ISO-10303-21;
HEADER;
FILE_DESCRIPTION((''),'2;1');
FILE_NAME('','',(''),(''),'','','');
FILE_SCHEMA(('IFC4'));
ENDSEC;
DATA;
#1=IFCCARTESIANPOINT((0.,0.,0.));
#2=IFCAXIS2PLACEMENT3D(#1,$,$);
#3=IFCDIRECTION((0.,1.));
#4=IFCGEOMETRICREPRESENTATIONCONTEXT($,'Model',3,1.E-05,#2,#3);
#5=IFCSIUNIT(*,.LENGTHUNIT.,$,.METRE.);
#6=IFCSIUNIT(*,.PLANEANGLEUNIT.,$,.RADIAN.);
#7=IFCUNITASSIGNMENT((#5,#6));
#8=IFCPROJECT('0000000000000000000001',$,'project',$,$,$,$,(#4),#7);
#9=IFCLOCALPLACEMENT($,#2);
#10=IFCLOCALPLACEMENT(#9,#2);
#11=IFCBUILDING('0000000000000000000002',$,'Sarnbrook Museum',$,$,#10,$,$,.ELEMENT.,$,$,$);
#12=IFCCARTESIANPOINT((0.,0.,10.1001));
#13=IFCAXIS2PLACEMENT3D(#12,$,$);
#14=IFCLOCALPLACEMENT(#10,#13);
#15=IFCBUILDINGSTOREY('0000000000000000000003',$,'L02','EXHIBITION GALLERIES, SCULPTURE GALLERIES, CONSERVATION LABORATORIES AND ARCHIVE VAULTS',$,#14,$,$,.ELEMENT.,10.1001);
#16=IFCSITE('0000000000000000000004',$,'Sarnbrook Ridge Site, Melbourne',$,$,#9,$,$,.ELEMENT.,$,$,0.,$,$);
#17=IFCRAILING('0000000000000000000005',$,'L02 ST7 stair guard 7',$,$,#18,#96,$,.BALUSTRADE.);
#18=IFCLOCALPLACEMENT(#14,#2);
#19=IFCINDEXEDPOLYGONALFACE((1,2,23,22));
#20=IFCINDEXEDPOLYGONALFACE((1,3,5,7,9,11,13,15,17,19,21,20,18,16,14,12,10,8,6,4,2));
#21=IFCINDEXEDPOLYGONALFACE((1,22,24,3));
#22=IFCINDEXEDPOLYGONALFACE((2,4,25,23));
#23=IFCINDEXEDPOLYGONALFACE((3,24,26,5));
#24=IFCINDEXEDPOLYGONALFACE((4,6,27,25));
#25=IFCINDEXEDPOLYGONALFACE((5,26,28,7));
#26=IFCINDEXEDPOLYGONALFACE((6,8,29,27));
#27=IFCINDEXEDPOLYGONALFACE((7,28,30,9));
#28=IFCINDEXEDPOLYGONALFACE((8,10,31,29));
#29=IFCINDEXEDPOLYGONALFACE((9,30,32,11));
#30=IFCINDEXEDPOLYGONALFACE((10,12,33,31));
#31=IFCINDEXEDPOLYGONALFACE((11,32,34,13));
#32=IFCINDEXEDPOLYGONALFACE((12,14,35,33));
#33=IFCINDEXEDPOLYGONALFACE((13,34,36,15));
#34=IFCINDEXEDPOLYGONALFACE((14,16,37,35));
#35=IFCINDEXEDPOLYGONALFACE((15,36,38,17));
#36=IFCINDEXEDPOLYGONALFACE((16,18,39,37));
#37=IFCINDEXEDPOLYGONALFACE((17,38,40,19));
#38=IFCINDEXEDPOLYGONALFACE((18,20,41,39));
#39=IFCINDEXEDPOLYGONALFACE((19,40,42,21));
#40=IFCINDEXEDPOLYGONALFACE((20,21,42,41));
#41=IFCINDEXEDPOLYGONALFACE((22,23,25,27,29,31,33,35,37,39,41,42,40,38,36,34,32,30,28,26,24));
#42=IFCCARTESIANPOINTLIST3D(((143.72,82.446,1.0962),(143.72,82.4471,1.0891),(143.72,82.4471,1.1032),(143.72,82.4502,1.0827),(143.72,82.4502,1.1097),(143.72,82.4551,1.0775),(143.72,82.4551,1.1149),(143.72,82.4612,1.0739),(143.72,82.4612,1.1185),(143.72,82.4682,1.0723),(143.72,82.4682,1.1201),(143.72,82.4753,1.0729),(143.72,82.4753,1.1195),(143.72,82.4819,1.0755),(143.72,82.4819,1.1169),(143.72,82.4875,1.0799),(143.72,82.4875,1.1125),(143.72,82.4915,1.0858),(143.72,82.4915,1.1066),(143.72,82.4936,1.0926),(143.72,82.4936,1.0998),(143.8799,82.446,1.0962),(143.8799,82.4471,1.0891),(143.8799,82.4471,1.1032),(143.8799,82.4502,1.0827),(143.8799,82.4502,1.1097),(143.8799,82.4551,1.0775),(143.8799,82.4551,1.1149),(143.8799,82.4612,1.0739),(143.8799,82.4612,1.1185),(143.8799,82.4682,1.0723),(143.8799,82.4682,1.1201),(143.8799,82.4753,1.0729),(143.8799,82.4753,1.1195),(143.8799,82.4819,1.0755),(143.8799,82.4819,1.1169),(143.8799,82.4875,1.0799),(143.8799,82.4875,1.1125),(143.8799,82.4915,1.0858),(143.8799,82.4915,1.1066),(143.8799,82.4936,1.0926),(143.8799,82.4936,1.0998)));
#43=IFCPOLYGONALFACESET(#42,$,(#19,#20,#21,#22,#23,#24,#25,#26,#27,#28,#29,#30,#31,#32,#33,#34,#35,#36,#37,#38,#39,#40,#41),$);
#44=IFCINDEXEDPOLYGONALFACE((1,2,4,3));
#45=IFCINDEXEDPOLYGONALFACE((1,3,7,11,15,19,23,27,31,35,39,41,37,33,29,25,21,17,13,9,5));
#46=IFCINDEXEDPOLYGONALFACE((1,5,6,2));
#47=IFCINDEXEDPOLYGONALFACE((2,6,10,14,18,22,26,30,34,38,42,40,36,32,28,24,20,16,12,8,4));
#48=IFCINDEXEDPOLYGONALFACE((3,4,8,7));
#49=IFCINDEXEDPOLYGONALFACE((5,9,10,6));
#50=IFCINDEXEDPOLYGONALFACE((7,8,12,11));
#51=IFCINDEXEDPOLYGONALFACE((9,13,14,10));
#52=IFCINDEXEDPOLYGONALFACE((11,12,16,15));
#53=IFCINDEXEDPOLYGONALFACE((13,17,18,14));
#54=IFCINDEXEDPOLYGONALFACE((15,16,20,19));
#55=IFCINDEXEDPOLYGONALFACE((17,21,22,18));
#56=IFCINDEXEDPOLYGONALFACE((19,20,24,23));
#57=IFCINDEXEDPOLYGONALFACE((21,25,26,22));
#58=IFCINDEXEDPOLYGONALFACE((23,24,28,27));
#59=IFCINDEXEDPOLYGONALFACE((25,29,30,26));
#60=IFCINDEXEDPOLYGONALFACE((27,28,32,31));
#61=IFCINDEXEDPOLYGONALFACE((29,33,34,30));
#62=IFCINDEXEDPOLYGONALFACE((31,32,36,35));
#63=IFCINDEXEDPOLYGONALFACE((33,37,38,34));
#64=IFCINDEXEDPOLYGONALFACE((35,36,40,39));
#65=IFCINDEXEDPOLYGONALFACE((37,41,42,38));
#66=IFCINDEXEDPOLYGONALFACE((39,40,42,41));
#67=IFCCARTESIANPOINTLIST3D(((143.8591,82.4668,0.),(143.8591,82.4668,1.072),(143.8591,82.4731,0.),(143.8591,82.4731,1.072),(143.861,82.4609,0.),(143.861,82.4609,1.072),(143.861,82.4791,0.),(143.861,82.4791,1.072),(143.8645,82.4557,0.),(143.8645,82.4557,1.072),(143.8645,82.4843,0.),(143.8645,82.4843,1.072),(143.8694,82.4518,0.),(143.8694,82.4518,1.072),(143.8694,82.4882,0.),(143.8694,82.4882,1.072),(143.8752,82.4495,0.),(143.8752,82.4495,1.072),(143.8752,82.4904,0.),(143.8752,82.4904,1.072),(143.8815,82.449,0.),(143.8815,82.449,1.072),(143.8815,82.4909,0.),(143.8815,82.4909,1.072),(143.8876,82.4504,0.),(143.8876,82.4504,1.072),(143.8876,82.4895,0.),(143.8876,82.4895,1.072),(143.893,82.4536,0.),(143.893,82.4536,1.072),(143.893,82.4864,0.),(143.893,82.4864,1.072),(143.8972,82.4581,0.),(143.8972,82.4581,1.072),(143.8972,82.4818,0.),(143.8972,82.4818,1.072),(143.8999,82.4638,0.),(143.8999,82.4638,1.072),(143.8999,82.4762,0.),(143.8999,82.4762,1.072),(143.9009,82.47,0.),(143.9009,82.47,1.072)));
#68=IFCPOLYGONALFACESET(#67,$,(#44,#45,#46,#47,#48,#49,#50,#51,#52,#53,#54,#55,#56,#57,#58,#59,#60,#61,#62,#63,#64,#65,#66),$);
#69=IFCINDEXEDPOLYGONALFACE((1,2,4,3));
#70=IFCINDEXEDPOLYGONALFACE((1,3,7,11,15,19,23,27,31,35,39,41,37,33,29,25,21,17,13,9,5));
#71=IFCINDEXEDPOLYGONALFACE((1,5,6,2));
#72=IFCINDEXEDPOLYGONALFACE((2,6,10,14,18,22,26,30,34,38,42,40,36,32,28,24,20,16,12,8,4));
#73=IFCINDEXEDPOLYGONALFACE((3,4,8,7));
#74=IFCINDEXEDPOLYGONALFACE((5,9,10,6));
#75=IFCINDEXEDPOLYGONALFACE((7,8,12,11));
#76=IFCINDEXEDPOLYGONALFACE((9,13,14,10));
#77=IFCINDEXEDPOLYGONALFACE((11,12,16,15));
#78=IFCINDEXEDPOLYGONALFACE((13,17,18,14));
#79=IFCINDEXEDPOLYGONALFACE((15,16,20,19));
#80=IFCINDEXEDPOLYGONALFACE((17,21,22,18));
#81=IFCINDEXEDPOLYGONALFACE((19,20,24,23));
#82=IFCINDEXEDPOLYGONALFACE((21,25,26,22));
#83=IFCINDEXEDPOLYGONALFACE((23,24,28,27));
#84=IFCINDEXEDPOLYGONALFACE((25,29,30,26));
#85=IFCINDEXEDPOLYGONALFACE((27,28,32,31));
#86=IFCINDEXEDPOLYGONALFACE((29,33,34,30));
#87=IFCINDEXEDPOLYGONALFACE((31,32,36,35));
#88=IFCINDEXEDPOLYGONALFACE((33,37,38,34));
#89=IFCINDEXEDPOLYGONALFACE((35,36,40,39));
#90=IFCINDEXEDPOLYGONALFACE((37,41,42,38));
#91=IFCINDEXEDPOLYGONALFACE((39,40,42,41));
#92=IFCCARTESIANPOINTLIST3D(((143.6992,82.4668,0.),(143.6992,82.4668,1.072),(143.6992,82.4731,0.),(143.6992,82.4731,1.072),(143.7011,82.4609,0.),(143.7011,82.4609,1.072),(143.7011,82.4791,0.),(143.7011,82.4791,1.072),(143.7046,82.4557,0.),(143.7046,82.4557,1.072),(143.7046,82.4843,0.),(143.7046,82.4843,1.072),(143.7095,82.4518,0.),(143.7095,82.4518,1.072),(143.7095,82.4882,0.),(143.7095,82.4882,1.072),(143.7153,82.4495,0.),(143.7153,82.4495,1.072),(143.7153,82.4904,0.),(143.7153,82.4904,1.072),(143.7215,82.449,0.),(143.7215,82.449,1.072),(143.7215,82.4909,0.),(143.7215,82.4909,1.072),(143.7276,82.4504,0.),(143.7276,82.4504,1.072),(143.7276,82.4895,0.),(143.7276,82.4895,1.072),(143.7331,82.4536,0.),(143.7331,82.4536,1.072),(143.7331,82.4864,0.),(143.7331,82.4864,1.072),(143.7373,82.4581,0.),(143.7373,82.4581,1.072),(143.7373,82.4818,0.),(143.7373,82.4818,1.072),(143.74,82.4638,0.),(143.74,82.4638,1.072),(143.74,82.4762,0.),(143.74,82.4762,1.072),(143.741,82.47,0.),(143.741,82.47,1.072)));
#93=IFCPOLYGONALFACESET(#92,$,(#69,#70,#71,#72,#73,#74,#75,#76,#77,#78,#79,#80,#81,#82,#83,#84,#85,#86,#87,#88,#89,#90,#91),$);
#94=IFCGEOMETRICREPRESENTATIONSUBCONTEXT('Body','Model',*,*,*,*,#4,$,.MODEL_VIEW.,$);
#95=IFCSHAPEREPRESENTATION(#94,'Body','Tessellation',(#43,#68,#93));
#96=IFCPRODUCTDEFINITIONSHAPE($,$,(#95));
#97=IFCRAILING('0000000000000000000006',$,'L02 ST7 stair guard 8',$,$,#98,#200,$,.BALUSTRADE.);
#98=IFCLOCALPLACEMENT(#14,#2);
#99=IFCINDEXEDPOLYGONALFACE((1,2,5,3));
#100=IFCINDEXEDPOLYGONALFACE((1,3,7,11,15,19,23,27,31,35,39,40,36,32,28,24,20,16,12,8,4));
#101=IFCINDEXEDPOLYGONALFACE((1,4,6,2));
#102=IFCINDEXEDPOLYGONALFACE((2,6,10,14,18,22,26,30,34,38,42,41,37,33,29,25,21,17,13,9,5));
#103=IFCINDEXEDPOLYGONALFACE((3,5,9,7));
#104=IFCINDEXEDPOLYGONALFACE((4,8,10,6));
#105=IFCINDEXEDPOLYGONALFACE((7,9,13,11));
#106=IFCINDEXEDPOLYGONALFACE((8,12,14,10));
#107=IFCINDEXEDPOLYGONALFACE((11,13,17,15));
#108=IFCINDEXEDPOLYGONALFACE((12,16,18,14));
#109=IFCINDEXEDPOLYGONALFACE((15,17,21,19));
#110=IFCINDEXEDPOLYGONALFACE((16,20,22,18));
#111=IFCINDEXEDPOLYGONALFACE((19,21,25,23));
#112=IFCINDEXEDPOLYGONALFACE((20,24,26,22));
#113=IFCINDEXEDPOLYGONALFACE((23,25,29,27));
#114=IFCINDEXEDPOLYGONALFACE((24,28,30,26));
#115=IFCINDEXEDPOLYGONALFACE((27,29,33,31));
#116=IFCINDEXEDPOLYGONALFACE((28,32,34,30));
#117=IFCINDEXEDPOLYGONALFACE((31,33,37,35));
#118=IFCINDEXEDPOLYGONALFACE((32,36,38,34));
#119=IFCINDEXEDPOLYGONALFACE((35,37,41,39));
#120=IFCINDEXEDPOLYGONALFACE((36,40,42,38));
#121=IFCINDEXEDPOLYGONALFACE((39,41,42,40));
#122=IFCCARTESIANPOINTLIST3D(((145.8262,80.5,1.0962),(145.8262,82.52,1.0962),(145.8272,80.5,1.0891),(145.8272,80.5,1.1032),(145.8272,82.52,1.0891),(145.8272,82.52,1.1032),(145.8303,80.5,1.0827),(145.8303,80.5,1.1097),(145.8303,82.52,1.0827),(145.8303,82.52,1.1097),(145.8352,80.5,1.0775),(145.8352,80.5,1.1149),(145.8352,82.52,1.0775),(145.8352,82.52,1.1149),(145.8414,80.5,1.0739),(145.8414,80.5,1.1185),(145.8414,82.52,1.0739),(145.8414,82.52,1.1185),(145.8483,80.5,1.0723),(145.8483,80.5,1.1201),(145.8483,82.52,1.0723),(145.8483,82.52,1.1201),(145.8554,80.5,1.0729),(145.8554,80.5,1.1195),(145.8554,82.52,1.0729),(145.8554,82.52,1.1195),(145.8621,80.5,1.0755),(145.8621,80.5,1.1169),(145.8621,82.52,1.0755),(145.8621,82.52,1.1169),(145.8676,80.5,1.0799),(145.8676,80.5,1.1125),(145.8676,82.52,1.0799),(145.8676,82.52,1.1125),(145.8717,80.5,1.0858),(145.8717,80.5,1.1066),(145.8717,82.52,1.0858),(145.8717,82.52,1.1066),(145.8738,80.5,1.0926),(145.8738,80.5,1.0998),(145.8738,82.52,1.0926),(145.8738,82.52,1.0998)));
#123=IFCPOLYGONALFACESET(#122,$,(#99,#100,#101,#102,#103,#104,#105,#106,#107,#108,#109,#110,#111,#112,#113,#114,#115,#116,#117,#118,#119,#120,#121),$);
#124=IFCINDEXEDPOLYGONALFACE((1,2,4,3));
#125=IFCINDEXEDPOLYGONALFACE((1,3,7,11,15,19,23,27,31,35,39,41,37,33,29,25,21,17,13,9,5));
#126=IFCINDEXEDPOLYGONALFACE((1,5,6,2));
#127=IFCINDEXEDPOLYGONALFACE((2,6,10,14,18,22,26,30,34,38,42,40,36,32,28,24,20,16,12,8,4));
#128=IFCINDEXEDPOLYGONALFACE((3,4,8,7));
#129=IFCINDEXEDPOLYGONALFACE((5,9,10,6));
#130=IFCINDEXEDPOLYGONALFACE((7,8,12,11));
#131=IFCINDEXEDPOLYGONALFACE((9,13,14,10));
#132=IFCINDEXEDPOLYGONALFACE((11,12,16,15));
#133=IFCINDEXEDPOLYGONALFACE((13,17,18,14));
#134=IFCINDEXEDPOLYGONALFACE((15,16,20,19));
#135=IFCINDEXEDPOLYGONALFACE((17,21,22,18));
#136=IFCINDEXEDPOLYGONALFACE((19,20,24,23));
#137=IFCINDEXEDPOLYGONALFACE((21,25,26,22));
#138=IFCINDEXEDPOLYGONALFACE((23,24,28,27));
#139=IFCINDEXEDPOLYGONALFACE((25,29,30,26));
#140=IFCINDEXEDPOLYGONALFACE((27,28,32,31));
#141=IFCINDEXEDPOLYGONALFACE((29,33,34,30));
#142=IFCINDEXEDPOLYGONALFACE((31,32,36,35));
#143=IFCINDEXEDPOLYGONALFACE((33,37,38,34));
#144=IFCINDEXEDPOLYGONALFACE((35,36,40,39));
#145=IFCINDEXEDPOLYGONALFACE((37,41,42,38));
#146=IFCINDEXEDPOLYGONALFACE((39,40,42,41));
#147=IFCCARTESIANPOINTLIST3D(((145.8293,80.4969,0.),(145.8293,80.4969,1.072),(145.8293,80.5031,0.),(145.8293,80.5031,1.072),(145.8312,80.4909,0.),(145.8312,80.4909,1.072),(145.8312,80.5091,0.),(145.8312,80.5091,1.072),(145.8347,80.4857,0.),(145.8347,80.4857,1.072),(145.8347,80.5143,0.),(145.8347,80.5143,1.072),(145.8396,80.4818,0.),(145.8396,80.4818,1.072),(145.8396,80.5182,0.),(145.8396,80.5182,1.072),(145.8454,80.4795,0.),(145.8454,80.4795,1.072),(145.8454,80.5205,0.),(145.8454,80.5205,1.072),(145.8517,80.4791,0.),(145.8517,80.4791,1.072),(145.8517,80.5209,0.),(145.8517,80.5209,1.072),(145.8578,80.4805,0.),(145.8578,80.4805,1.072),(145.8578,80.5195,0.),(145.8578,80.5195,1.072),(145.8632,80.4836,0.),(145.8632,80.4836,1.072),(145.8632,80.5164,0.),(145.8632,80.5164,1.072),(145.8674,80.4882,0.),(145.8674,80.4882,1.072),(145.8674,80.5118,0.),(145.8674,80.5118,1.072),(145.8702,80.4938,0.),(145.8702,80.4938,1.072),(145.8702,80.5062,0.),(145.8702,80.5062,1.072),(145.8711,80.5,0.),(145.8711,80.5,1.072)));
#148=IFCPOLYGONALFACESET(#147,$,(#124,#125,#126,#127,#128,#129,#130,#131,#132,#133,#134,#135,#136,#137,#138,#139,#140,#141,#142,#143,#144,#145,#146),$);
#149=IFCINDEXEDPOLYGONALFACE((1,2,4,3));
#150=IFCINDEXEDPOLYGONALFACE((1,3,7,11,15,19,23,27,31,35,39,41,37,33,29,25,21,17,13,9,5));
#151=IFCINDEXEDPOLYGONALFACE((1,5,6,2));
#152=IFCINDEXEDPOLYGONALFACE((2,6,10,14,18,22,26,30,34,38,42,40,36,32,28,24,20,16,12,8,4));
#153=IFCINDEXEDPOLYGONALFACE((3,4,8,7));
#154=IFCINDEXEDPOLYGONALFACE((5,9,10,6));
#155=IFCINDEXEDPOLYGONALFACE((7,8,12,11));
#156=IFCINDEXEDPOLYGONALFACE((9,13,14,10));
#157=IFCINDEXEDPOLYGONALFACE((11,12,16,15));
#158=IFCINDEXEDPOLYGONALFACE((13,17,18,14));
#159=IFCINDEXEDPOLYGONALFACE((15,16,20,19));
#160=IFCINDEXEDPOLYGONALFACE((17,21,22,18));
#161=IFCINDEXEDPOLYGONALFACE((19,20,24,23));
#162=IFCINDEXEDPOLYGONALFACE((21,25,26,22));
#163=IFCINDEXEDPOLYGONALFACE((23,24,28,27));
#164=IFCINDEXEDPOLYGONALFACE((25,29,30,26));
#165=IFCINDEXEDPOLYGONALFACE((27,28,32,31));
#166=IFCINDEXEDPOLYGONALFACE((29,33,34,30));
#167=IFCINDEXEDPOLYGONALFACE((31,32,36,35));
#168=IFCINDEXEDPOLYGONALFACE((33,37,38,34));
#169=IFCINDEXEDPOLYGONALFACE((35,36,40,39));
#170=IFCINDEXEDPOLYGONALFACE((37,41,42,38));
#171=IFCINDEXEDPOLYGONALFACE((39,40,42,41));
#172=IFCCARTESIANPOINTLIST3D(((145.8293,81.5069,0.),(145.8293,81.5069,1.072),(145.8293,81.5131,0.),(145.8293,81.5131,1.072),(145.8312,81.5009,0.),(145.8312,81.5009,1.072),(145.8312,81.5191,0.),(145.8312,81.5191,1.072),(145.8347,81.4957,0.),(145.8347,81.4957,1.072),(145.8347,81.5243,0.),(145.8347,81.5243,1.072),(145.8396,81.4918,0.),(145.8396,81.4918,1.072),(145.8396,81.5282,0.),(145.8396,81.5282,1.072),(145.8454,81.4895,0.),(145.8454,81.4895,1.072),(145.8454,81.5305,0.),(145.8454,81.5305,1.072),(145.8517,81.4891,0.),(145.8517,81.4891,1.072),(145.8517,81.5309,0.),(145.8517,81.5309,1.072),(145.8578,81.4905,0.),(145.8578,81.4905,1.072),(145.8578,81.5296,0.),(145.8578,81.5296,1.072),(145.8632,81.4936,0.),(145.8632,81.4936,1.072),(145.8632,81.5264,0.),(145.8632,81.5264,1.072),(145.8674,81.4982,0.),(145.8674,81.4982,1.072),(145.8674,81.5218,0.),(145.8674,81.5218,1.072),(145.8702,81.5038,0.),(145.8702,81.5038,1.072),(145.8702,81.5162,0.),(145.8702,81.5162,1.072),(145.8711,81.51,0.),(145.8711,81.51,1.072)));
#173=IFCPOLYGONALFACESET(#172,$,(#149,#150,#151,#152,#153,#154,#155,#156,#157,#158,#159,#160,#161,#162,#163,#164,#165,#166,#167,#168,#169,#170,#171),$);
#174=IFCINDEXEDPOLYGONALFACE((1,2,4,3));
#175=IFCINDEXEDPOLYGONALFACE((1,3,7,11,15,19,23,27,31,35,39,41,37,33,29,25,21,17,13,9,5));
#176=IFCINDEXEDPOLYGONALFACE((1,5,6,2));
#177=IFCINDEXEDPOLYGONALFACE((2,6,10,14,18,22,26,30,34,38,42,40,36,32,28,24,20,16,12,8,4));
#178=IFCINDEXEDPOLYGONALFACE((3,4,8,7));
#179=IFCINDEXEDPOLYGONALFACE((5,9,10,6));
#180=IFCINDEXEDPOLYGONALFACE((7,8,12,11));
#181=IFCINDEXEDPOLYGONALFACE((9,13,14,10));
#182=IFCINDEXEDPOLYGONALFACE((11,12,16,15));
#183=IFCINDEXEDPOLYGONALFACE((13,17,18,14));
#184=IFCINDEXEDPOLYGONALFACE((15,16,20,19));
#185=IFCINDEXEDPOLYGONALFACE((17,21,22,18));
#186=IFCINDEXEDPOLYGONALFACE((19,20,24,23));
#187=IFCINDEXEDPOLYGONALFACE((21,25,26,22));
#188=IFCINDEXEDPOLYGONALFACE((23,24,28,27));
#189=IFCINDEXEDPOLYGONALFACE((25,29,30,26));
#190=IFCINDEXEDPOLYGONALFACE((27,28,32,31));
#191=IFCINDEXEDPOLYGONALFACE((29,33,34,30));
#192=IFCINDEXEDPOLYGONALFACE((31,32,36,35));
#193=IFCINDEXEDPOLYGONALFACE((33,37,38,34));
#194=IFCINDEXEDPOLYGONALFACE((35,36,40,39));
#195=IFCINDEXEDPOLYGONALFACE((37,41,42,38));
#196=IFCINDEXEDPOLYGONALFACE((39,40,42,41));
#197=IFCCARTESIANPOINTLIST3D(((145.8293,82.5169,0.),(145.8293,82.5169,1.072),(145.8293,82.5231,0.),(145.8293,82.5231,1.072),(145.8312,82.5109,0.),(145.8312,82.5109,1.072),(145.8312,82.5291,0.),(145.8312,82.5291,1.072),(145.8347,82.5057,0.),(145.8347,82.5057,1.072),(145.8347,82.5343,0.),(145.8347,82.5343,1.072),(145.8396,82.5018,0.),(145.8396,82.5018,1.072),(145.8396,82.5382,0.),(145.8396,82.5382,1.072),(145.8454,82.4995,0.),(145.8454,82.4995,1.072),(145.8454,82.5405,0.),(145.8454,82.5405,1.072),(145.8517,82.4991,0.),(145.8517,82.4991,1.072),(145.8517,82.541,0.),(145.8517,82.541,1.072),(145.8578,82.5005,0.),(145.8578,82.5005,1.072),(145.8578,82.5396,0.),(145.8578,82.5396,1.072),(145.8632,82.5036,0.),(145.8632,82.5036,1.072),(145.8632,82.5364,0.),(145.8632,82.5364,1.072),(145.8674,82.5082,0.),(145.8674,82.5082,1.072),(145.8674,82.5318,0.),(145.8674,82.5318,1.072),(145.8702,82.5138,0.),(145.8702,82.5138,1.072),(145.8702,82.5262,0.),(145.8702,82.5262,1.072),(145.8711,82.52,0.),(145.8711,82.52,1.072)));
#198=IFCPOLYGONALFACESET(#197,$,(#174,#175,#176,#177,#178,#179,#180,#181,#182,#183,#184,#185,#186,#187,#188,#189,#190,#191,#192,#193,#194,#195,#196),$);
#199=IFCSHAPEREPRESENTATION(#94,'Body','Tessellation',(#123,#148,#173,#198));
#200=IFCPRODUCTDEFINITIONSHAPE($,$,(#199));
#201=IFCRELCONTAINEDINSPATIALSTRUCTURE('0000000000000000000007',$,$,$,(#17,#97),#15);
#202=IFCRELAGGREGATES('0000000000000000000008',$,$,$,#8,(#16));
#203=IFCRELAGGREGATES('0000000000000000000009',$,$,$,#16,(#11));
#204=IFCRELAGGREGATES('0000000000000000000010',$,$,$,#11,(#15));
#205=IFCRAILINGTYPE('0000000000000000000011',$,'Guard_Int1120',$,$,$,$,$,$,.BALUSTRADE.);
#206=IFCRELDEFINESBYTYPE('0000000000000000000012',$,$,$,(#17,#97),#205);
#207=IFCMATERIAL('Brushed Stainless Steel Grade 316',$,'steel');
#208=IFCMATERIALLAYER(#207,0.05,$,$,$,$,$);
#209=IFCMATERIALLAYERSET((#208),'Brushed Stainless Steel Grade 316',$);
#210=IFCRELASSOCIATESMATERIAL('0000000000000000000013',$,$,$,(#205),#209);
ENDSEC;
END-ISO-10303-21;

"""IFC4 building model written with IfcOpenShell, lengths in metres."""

from ifc_helpers import new_model, si_unit, direction, frame, origin, origin_2d, place, context, subcontext, project, spatial, circle, extrude, material, layer, layer_set, type_object, element, save


model = new_model("IFC4")

# Units and contexts
model_context = context("Model", 3, precision=1e-05, world=origin(), true_north=direction((0.0, 1.0)))
body_context = subcontext(model_context, "Body", "Model", "MODEL_VIEW")
ifc_project = project(units=[si_unit("LENGTHUNIT", "METRE"), si_unit("PLANEANGLEUNIT", "RADIAN")], contexts=[model_context])

# Site, building, storey
site_placement = place(None, origin())
site = spatial("IfcSite", under=ifc_project, at=site_placement, Name="Sarnbrook Ridge Site, Melbourne", CompositionType="ELEMENT", RefElevation=0.0)
building_placement = place(site_placement, origin())
building = spatial("IfcBuilding", under=site, at=building_placement, Name="Sarnbrook Museum", CompositionType="ELEMENT")
storey_placement = place(building_placement, frame((0.0, 0.0, 10.1001)))
storey = spatial("IfcBuildingStorey", under=building, at=storey_placement, Name="L02", Description="EXHIBITION GALLERIES, SCULPTURE GALLERIES, CONSERVATION LABORATORIES AND ARCHIVE VAULTS", CompositionType="ELEMENT", Elevation=10.1001)

# Railings
ifc_material_1 = material(Name="Brushed Stainless Steel Grade 316", Category="steel")
ifc_layer_1 = layer(ifc_material_1, 0.05)
ifc_layer_set_1 = layer_set([ifc_layer_1], Name="Brushed Stainless Steel Grade 316")
railing_type_1 = type_object("IfcRailingType", Name="Guard_Int1120", PredefinedType="BALUSTRADE", material=ifc_layer_set_1)
railing_1_placement = place(storey_placement, frame((143.8799, 82.47, 0.0)))
element("IfcRailing", 1, at=railing_1_placement, inside=storey, type_object=railing_type_1, Name="L02 ST7 stair guard 7", PredefinedType="BALUSTRADE", context=body_context, shape_type="SweptSolid", body=[
    extrude(circle(Radius=0.0239, at=origin_2d()), frame((0.0, 0.0, 1.0962), z_axis=(-1.0, 0.0, 0.0), x_axis=(0.0, -1.0, 0.0)), (0.0, 0.0, 1.0), 0.1599),
    extrude(circle(Radius=0.021, at=origin_2d()), origin(), (0.0, 0.0, 1.0), 1.072),
    extrude(circle(Radius=0.021, at=origin_2d()), frame((-0.1599, 0.0, 0.0)), (0.0, 0.0, 1.0), 1.072),
])
for number, where, name in (
    (2, (145.8501, 80.5, 0.0), "L02 ST7 stair guard 8"),
):
    element("IfcRailing", number, at=place(storey_placement, frame(where)), inside=storey, type_object=railing_type_1, Name=name, PredefinedType="BALUSTRADE", context=body_context, shape_type="SweptSolid", body=[
        extrude(circle(Radius=0.0239, at=origin_2d()), frame((0.0, 0.0, 1.0962), z_axis=(0.0, 1.0, 0.0), x_axis=(-1.0, 0.0, 0.0)), (0.0, 0.0, 1.0), 2.02),
        extrude(circle(Radius=0.021, at=origin_2d()), origin(), (0.0, 0.0, 1.0), 1.072),
        extrude(circle(Radius=0.021, at=origin_2d()), frame((0.0, 1.01, 0.0)), (0.0, 0.0, 1.0), 1.072),
        extrude(circle(Radius=0.021, at=origin_2d()), frame((0.0, 2.02, 0.0)), (0.0, 0.0, 1.0), 1.072),
    ])

save(model, "model.ifc")
